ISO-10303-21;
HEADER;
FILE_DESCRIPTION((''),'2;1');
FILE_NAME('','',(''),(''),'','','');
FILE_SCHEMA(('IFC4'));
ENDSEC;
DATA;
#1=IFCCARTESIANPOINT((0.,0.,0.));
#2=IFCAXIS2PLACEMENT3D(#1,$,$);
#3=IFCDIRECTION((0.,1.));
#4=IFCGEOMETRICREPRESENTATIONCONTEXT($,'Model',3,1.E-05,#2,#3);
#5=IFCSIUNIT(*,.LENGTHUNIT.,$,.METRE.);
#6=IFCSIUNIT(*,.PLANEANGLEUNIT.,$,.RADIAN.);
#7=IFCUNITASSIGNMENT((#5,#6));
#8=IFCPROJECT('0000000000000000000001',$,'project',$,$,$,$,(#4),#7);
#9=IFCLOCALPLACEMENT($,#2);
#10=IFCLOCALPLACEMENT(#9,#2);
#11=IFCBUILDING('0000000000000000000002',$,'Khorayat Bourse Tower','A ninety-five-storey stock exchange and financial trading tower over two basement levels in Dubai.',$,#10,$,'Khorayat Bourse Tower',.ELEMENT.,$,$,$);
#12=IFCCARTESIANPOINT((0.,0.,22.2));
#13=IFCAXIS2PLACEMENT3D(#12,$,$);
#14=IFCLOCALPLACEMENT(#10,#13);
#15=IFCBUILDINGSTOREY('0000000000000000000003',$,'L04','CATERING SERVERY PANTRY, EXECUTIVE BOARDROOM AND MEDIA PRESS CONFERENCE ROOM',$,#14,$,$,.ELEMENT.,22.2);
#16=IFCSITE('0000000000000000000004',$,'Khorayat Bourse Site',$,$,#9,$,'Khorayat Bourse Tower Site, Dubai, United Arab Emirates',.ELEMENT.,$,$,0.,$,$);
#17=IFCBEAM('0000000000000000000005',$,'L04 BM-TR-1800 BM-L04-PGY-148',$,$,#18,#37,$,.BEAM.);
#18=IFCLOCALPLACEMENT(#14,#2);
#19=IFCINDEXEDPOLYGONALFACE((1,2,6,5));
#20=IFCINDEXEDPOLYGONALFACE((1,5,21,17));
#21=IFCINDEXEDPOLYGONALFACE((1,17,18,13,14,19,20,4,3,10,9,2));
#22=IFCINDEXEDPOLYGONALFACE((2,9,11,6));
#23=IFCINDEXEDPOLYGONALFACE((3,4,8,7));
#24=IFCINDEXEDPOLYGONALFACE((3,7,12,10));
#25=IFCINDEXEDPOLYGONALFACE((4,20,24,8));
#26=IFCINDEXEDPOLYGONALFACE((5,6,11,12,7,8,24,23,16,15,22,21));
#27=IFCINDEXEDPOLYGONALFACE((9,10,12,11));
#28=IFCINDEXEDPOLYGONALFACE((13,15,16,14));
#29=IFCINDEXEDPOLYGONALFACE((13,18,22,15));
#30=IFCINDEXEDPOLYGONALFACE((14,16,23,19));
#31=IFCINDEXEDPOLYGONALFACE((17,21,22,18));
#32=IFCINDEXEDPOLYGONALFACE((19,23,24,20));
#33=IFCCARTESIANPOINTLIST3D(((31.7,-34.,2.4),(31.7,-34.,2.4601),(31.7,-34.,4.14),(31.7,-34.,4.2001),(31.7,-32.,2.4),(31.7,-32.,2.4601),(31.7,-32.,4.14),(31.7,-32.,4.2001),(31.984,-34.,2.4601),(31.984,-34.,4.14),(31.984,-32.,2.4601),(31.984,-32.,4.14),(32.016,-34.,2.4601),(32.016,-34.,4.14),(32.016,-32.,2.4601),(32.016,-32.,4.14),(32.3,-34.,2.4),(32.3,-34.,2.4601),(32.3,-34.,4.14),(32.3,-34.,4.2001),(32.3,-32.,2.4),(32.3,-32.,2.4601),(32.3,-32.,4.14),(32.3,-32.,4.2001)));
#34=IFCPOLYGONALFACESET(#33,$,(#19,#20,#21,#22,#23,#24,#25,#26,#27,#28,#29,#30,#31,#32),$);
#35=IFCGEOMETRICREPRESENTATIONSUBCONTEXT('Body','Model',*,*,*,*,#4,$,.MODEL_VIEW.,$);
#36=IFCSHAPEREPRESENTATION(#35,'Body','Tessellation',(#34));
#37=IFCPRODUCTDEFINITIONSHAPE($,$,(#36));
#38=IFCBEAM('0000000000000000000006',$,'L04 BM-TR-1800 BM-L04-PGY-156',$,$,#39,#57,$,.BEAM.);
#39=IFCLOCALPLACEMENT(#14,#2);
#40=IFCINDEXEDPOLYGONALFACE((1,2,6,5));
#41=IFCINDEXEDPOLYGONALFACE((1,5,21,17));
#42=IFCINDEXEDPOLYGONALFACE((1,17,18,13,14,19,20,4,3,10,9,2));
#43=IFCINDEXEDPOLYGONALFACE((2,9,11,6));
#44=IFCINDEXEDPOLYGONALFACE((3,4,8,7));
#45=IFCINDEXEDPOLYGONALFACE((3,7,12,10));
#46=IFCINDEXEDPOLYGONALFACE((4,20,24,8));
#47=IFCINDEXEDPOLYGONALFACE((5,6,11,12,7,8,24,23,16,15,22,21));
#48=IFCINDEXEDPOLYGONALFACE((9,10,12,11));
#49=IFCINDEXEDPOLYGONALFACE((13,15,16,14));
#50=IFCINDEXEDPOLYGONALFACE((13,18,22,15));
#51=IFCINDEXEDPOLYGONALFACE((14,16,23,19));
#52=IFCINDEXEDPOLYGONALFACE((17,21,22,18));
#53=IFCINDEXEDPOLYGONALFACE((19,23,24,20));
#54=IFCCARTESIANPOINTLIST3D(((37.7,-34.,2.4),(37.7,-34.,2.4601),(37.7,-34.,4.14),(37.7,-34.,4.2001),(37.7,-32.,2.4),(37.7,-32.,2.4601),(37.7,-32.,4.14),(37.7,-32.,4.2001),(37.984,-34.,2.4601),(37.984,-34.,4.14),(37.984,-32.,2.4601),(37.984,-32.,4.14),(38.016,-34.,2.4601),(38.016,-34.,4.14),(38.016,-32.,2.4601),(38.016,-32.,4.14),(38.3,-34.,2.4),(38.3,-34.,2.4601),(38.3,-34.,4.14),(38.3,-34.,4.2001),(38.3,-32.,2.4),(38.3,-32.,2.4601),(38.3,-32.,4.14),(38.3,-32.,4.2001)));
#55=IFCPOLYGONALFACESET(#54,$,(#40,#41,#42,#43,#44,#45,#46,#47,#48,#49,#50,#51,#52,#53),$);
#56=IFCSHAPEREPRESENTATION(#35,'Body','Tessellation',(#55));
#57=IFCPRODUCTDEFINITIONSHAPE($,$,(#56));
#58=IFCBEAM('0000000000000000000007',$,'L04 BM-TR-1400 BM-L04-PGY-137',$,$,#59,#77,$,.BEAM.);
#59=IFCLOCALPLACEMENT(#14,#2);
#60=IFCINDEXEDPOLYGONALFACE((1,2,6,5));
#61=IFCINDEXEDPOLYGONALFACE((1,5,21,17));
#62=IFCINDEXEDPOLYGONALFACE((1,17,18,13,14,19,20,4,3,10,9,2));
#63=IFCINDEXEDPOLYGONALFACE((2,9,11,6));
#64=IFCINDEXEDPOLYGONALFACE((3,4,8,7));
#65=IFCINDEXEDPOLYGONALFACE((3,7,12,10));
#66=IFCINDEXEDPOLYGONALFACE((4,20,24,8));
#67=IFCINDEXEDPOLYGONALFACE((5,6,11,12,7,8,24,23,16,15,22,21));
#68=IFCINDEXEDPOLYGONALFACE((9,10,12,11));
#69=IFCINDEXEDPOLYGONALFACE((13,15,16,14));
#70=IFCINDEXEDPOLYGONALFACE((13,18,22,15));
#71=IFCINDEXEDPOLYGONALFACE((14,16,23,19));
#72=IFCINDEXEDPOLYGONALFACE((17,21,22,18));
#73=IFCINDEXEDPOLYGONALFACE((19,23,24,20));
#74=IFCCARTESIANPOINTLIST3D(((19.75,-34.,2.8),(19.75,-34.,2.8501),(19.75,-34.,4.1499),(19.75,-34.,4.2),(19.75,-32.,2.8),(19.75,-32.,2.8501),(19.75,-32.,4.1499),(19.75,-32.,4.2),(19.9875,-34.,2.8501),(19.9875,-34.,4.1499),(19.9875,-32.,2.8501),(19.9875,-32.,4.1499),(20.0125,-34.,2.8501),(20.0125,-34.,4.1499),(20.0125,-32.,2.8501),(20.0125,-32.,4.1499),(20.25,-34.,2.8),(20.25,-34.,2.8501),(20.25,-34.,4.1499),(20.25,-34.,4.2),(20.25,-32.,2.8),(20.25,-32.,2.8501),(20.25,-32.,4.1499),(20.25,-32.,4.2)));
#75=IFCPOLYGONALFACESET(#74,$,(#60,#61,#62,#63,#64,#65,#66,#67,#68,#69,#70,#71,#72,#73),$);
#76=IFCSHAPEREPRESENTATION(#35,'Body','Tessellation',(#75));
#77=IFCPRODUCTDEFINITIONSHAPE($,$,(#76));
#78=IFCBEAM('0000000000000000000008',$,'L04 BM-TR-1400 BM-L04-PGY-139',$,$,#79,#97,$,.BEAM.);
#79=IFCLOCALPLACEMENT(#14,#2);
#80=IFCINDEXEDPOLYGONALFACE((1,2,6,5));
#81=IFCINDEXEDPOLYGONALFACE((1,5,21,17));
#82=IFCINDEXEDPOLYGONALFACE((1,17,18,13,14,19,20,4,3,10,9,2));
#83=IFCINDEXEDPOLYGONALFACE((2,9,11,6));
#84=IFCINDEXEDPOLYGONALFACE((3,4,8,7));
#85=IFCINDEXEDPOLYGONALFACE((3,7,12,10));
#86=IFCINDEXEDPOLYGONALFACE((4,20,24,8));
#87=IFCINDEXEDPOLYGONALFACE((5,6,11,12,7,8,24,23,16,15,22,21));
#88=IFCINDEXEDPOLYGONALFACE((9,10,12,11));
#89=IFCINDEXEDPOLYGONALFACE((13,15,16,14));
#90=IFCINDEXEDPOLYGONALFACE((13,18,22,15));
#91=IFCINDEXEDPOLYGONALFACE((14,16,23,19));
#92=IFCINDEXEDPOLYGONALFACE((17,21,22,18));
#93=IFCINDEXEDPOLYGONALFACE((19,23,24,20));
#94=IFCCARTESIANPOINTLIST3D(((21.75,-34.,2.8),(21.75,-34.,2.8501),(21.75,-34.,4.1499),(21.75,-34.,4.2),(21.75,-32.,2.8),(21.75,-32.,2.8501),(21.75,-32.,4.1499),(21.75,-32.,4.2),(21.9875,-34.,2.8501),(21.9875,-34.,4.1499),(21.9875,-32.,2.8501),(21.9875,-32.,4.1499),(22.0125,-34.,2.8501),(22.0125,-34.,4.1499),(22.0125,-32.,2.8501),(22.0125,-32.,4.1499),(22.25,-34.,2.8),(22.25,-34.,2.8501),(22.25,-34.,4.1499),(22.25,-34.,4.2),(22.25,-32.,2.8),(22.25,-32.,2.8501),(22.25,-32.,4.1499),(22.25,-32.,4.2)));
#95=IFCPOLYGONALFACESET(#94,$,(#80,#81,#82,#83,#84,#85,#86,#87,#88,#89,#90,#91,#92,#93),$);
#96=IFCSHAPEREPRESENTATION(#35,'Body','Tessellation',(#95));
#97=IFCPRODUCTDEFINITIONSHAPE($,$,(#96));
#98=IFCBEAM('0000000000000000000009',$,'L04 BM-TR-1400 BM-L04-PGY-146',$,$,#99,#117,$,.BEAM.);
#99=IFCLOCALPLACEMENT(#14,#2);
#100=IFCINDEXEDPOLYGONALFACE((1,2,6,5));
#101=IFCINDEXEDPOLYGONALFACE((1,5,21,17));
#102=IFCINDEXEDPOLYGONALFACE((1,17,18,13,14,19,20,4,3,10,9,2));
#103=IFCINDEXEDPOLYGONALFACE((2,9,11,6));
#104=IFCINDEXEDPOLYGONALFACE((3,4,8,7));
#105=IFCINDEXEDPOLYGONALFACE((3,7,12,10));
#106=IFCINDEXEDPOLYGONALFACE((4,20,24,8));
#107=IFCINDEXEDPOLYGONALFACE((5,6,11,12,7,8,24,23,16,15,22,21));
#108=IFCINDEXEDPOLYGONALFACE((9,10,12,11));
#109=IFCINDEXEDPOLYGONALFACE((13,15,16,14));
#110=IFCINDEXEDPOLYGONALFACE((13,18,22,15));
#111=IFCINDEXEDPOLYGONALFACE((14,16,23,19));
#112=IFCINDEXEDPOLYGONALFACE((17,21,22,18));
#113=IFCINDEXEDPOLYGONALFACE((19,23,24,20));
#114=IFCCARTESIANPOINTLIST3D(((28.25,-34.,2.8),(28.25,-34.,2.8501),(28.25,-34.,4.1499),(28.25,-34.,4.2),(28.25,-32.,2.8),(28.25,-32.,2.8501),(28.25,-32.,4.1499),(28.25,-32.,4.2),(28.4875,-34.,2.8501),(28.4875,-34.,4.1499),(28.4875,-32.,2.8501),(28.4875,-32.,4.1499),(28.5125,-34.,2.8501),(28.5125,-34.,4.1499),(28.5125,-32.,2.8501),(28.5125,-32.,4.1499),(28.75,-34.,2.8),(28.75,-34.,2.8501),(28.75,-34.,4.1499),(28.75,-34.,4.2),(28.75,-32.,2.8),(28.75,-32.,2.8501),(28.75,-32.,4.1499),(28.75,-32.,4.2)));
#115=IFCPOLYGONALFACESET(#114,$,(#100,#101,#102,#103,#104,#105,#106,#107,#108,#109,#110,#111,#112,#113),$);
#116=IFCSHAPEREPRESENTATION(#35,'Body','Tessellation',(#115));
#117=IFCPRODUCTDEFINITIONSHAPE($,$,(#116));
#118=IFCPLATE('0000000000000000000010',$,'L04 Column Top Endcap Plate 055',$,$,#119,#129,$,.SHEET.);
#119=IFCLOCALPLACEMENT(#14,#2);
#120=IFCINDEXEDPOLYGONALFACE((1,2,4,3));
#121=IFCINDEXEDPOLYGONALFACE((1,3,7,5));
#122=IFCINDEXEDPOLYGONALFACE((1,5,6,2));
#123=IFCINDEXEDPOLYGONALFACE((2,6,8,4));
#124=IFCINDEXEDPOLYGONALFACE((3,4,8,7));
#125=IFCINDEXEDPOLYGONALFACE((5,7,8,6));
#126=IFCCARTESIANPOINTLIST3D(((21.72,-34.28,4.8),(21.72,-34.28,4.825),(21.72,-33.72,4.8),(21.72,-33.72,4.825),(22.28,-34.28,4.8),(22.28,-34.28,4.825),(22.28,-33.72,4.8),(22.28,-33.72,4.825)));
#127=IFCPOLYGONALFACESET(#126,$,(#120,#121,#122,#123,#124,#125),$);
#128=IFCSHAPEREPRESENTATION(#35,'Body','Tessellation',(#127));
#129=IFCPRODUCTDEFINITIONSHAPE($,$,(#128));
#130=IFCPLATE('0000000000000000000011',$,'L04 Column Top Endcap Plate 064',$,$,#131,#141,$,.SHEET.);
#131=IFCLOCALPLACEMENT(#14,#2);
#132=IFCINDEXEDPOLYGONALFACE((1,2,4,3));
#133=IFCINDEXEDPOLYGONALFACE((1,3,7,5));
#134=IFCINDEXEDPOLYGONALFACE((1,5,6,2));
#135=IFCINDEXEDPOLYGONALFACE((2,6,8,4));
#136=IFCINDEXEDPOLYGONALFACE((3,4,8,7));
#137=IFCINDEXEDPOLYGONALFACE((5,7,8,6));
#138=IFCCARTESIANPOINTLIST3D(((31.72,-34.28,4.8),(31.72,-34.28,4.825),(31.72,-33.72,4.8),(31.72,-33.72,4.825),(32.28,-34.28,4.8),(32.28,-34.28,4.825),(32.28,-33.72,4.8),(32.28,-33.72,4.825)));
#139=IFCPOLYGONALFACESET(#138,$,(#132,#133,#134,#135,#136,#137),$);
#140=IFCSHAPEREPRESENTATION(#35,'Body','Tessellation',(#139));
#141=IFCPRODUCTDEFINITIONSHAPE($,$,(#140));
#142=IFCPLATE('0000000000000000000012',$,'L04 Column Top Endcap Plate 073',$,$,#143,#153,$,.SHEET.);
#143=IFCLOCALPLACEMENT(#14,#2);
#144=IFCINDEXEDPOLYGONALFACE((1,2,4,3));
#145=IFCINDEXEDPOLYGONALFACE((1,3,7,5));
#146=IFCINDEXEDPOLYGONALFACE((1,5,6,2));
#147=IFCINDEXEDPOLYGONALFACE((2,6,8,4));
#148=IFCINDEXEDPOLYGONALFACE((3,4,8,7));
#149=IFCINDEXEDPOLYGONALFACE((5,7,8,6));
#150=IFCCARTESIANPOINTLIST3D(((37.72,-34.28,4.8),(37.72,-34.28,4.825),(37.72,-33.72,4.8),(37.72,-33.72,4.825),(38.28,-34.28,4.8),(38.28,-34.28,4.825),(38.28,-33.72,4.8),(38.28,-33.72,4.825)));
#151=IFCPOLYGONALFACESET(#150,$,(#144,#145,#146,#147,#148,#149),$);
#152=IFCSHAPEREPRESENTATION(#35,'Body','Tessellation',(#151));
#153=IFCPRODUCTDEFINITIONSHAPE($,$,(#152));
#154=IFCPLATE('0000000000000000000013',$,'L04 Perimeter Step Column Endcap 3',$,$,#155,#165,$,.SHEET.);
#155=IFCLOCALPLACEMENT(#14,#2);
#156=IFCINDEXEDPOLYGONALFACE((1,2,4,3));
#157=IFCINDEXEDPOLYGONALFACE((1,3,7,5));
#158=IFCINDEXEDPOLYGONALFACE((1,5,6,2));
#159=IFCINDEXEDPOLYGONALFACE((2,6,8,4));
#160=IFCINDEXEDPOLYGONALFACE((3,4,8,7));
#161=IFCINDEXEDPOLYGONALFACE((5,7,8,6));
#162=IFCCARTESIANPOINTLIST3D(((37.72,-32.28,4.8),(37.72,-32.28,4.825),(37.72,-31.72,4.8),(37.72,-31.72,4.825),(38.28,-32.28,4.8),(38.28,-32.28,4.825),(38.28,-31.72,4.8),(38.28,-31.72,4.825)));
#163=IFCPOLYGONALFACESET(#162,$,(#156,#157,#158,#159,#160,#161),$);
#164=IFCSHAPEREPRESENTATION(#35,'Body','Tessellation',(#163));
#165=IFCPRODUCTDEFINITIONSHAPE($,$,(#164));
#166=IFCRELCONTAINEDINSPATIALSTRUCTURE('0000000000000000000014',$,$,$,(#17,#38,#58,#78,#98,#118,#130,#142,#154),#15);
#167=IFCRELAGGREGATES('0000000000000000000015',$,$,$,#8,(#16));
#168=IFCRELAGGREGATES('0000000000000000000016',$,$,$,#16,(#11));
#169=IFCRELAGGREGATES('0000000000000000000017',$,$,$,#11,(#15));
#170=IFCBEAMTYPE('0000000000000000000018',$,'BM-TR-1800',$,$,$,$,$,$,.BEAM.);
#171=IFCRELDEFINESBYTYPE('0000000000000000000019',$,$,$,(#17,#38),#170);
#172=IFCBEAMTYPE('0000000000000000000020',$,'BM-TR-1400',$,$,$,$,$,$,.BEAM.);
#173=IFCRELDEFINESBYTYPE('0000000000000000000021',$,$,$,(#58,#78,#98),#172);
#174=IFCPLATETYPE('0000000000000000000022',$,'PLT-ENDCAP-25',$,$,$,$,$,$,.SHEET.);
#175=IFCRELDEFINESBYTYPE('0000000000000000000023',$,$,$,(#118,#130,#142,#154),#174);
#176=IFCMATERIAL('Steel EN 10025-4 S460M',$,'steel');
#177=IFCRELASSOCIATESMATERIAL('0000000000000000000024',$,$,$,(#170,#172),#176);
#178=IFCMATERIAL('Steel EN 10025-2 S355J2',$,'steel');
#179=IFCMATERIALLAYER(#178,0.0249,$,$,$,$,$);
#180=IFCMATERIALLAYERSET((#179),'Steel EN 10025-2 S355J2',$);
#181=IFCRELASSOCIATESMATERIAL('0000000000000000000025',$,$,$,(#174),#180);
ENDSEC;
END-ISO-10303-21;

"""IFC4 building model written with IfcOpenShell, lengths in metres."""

from ifc_helpers import new_model, si_unit, direction, frame, origin, origin_2d, place, context, subcontext, project, spatial, rectangle, i_section, extrude, source, transform, mapped, material, layer, layer_set, material_profile, profile_set, type_object, element, save


model = new_model("IFC4")

# Units and contexts
model_context = context("Model", 3, precision=1e-05, world=origin(), true_north=direction((0.0, 1.0)))
body_context = subcontext(model_context, "Body", "Model", "MODEL_VIEW")
ifc_project = project(units=[si_unit("LENGTHUNIT", "METRE"), si_unit("PLANEANGLEUNIT", "RADIAN")], contexts=[model_context])

# Site, building, storey
site_placement = place(None, origin())
site = spatial("IfcSite", under=ifc_project, at=site_placement, Name="Khorayat Bourse Site", LongName="Khorayat Bourse Tower Site, Dubai, United Arab Emirates", CompositionType="ELEMENT", RefElevation=0.0)
building_placement = place(site_placement, origin())
building = spatial("IfcBuilding", under=site, at=building_placement, Name="Khorayat Bourse Tower", Description="A ninety-five-storey stock exchange and financial trading tower over two basement levels in Dubai.", LongName="Khorayat Bourse Tower", CompositionType="ELEMENT")
storey_placement = place(building_placement, frame((0.0, 0.0, 22.2)))
storey = spatial("IfcBuildingStorey", under=building, at=storey_placement, Name="L04", Description="CATERING SERVERY PANTRY, EXECUTIVE BOARDROOM AND MEDIA PRESS CONFERENCE ROOM", CompositionType="ELEMENT", Elevation=22.2)

# Shared definitions
ifc_material_1 = material(Name="Steel EN 10025-2 S355J2", Category="steel")

# Beams
ifc_material_2 = material(Name="Steel EN 10025-4 S460M", Category="steel")
ifc_material_profile_1 = material_profile(ifc_material_2, i_section(OverallWidth=0.6001, OverallDepth=1.8, WebThickness=0.032, FlangeThickness=0.0601, at=origin_2d()), Name="PG 1800x600x32x60")
ifc_profile_set_1 = profile_set([ifc_material_profile_1], Name="Steel EN 10025-4 S460M")
beam_type_1 = type_object("IfcBeamType", Name="BM-TR-1800", PredefinedType="BEAM", material=ifc_profile_set_1)
ifc_material_profile_2 = material_profile(ifc_material_2, i_section(OverallWidth=0.5, OverallDepth=1.3999, WebThickness=0.0249, FlangeThickness=0.05, at=origin_2d()), Name="PG 1400x500x25x50")
ifc_profile_set_2 = profile_set([ifc_material_profile_2], Name="Steel EN 10025-4 S460M")
beam_type_2 = type_object("IfcBeamType", Name="BM-TR-1400", PredefinedType="BEAM", material=ifc_profile_set_2)
shared_shape_1 = source(origin(), body_context, "Body", "SweptSolid", [
    extrude(i_section(OverallWidth=0.6001, OverallDepth=1.8, WebThickness=0.032, FlangeThickness=0.0601, at=origin_2d()), origin(), (0.0, 0.0, 1.0), 2.0),
])
for number, where, z_axis, x_axis, name in (
    (1, (32.0, -34.0, 3.3), (0.0, 1.0, 0.0), (-1.0, 0.0, 0.0), "L04 BM-TR-1800 BM-L04-PGY-148"),
    (2, (38.0, -34.0, 3.3), (0.0, 1.0, 0.0), (-1.0, 0.0, 0.0), "L04 BM-TR-1800 BM-L04-PGY-156"),
):
    element("IfcBeam", number, at=place(storey_placement, frame(where, z_axis=z_axis, x_axis=x_axis)), inside=storey, type_object=beam_type_1, Name=name, PredefinedType="BEAM", context=body_context, shape_type="MappedRepresentation", body=[
        mapped(shared_shape_1, transform((0.0, 0.0, 0.0), scale=1.0)),
    ])
shared_shape_2 = source(origin(), body_context, "Body", "SweptSolid", [
    extrude(i_section(OverallWidth=0.5, OverallDepth=1.3999, WebThickness=0.0249, FlangeThickness=0.05, at=origin_2d()), origin(), (0.0, 0.0, 1.0), 2.0),
])
for number, where, z_axis, x_axis, name in (
    (3, (20.0, -34.0, 3.5), (0.0, 1.0, 0.0), (-1.0, 0.0, 0.0), "L04 BM-TR-1400 BM-L04-PGY-137"),
    (4, (22.0, -34.0, 3.5), (0.0, 1.0, 0.0), (-1.0, 0.0, 0.0), "L04 BM-TR-1400 BM-L04-PGY-139"),
    (5, (28.5, -34.0, 3.5), (0.0, 1.0, 0.0), (-1.0, 0.0, 0.0), "L04 BM-TR-1400 BM-L04-PGY-146"),
):
    element("IfcBeam", number, at=place(storey_placement, frame(where, z_axis=z_axis, x_axis=x_axis)), inside=storey, type_object=beam_type_2, Name=name, PredefinedType="BEAM", context=body_context, shape_type="MappedRepresentation", body=[
        mapped(shared_shape_2, transform((0.0, 0.0, 0.0), scale=1.0)),
    ])

# Plates
ifc_layer_1 = layer(ifc_material_1, 0.0249)
ifc_layer_set_1 = layer_set([ifc_layer_1], Name="Steel EN 10025-2 S355J2")
plate_type = type_object("IfcPlateType", Name="PLT-ENDCAP-25", PredefinedType="SHEET", material=ifc_layer_set_1)
shared_shape_3 = source(origin(), body_context, "Body", "SweptSolid", [
    extrude(rectangle(XDim=0.5601, YDim=0.5601, at=origin_2d()), origin(), (0.0, 0.0, 1.0), 0.0249),
])
for number, where, z_axis, x_axis, name in (
    (6, (22.0, -34.0, 4.8), (0.0, 0.0, 1.0), (1.0, 0.0, 0.0), "L04 Column Top Endcap Plate 055"),
    (7, (32.0, -34.0, 4.8), (0.0, 0.0, 1.0), (1.0, 0.0, 0.0), "L04 Column Top Endcap Plate 064"),
    (8, (38.0, -34.0, 4.8), (0.0, 0.0, 1.0), (1.0, 0.0, 0.0), "L04 Column Top Endcap Plate 073"),
    (9, (38.0, -32.0, 4.8), (0.0, 0.0, 1.0), (1.0, 0.0, 0.0), "L04 Perimeter Step Column Endcap 3"),
):
    element("IfcPlate", number, at=place(storey_placement, frame(where, z_axis=z_axis, x_axis=x_axis)), inside=storey, type_object=plate_type, Name=name, PredefinedType="SHEET", context=body_context, shape_type="MappedRepresentation", body=[
        mapped(shared_shape_3, transform((0.0, 0.0, 0.0), scale=1.0)),
    ])

save(model, "model.ifc")
